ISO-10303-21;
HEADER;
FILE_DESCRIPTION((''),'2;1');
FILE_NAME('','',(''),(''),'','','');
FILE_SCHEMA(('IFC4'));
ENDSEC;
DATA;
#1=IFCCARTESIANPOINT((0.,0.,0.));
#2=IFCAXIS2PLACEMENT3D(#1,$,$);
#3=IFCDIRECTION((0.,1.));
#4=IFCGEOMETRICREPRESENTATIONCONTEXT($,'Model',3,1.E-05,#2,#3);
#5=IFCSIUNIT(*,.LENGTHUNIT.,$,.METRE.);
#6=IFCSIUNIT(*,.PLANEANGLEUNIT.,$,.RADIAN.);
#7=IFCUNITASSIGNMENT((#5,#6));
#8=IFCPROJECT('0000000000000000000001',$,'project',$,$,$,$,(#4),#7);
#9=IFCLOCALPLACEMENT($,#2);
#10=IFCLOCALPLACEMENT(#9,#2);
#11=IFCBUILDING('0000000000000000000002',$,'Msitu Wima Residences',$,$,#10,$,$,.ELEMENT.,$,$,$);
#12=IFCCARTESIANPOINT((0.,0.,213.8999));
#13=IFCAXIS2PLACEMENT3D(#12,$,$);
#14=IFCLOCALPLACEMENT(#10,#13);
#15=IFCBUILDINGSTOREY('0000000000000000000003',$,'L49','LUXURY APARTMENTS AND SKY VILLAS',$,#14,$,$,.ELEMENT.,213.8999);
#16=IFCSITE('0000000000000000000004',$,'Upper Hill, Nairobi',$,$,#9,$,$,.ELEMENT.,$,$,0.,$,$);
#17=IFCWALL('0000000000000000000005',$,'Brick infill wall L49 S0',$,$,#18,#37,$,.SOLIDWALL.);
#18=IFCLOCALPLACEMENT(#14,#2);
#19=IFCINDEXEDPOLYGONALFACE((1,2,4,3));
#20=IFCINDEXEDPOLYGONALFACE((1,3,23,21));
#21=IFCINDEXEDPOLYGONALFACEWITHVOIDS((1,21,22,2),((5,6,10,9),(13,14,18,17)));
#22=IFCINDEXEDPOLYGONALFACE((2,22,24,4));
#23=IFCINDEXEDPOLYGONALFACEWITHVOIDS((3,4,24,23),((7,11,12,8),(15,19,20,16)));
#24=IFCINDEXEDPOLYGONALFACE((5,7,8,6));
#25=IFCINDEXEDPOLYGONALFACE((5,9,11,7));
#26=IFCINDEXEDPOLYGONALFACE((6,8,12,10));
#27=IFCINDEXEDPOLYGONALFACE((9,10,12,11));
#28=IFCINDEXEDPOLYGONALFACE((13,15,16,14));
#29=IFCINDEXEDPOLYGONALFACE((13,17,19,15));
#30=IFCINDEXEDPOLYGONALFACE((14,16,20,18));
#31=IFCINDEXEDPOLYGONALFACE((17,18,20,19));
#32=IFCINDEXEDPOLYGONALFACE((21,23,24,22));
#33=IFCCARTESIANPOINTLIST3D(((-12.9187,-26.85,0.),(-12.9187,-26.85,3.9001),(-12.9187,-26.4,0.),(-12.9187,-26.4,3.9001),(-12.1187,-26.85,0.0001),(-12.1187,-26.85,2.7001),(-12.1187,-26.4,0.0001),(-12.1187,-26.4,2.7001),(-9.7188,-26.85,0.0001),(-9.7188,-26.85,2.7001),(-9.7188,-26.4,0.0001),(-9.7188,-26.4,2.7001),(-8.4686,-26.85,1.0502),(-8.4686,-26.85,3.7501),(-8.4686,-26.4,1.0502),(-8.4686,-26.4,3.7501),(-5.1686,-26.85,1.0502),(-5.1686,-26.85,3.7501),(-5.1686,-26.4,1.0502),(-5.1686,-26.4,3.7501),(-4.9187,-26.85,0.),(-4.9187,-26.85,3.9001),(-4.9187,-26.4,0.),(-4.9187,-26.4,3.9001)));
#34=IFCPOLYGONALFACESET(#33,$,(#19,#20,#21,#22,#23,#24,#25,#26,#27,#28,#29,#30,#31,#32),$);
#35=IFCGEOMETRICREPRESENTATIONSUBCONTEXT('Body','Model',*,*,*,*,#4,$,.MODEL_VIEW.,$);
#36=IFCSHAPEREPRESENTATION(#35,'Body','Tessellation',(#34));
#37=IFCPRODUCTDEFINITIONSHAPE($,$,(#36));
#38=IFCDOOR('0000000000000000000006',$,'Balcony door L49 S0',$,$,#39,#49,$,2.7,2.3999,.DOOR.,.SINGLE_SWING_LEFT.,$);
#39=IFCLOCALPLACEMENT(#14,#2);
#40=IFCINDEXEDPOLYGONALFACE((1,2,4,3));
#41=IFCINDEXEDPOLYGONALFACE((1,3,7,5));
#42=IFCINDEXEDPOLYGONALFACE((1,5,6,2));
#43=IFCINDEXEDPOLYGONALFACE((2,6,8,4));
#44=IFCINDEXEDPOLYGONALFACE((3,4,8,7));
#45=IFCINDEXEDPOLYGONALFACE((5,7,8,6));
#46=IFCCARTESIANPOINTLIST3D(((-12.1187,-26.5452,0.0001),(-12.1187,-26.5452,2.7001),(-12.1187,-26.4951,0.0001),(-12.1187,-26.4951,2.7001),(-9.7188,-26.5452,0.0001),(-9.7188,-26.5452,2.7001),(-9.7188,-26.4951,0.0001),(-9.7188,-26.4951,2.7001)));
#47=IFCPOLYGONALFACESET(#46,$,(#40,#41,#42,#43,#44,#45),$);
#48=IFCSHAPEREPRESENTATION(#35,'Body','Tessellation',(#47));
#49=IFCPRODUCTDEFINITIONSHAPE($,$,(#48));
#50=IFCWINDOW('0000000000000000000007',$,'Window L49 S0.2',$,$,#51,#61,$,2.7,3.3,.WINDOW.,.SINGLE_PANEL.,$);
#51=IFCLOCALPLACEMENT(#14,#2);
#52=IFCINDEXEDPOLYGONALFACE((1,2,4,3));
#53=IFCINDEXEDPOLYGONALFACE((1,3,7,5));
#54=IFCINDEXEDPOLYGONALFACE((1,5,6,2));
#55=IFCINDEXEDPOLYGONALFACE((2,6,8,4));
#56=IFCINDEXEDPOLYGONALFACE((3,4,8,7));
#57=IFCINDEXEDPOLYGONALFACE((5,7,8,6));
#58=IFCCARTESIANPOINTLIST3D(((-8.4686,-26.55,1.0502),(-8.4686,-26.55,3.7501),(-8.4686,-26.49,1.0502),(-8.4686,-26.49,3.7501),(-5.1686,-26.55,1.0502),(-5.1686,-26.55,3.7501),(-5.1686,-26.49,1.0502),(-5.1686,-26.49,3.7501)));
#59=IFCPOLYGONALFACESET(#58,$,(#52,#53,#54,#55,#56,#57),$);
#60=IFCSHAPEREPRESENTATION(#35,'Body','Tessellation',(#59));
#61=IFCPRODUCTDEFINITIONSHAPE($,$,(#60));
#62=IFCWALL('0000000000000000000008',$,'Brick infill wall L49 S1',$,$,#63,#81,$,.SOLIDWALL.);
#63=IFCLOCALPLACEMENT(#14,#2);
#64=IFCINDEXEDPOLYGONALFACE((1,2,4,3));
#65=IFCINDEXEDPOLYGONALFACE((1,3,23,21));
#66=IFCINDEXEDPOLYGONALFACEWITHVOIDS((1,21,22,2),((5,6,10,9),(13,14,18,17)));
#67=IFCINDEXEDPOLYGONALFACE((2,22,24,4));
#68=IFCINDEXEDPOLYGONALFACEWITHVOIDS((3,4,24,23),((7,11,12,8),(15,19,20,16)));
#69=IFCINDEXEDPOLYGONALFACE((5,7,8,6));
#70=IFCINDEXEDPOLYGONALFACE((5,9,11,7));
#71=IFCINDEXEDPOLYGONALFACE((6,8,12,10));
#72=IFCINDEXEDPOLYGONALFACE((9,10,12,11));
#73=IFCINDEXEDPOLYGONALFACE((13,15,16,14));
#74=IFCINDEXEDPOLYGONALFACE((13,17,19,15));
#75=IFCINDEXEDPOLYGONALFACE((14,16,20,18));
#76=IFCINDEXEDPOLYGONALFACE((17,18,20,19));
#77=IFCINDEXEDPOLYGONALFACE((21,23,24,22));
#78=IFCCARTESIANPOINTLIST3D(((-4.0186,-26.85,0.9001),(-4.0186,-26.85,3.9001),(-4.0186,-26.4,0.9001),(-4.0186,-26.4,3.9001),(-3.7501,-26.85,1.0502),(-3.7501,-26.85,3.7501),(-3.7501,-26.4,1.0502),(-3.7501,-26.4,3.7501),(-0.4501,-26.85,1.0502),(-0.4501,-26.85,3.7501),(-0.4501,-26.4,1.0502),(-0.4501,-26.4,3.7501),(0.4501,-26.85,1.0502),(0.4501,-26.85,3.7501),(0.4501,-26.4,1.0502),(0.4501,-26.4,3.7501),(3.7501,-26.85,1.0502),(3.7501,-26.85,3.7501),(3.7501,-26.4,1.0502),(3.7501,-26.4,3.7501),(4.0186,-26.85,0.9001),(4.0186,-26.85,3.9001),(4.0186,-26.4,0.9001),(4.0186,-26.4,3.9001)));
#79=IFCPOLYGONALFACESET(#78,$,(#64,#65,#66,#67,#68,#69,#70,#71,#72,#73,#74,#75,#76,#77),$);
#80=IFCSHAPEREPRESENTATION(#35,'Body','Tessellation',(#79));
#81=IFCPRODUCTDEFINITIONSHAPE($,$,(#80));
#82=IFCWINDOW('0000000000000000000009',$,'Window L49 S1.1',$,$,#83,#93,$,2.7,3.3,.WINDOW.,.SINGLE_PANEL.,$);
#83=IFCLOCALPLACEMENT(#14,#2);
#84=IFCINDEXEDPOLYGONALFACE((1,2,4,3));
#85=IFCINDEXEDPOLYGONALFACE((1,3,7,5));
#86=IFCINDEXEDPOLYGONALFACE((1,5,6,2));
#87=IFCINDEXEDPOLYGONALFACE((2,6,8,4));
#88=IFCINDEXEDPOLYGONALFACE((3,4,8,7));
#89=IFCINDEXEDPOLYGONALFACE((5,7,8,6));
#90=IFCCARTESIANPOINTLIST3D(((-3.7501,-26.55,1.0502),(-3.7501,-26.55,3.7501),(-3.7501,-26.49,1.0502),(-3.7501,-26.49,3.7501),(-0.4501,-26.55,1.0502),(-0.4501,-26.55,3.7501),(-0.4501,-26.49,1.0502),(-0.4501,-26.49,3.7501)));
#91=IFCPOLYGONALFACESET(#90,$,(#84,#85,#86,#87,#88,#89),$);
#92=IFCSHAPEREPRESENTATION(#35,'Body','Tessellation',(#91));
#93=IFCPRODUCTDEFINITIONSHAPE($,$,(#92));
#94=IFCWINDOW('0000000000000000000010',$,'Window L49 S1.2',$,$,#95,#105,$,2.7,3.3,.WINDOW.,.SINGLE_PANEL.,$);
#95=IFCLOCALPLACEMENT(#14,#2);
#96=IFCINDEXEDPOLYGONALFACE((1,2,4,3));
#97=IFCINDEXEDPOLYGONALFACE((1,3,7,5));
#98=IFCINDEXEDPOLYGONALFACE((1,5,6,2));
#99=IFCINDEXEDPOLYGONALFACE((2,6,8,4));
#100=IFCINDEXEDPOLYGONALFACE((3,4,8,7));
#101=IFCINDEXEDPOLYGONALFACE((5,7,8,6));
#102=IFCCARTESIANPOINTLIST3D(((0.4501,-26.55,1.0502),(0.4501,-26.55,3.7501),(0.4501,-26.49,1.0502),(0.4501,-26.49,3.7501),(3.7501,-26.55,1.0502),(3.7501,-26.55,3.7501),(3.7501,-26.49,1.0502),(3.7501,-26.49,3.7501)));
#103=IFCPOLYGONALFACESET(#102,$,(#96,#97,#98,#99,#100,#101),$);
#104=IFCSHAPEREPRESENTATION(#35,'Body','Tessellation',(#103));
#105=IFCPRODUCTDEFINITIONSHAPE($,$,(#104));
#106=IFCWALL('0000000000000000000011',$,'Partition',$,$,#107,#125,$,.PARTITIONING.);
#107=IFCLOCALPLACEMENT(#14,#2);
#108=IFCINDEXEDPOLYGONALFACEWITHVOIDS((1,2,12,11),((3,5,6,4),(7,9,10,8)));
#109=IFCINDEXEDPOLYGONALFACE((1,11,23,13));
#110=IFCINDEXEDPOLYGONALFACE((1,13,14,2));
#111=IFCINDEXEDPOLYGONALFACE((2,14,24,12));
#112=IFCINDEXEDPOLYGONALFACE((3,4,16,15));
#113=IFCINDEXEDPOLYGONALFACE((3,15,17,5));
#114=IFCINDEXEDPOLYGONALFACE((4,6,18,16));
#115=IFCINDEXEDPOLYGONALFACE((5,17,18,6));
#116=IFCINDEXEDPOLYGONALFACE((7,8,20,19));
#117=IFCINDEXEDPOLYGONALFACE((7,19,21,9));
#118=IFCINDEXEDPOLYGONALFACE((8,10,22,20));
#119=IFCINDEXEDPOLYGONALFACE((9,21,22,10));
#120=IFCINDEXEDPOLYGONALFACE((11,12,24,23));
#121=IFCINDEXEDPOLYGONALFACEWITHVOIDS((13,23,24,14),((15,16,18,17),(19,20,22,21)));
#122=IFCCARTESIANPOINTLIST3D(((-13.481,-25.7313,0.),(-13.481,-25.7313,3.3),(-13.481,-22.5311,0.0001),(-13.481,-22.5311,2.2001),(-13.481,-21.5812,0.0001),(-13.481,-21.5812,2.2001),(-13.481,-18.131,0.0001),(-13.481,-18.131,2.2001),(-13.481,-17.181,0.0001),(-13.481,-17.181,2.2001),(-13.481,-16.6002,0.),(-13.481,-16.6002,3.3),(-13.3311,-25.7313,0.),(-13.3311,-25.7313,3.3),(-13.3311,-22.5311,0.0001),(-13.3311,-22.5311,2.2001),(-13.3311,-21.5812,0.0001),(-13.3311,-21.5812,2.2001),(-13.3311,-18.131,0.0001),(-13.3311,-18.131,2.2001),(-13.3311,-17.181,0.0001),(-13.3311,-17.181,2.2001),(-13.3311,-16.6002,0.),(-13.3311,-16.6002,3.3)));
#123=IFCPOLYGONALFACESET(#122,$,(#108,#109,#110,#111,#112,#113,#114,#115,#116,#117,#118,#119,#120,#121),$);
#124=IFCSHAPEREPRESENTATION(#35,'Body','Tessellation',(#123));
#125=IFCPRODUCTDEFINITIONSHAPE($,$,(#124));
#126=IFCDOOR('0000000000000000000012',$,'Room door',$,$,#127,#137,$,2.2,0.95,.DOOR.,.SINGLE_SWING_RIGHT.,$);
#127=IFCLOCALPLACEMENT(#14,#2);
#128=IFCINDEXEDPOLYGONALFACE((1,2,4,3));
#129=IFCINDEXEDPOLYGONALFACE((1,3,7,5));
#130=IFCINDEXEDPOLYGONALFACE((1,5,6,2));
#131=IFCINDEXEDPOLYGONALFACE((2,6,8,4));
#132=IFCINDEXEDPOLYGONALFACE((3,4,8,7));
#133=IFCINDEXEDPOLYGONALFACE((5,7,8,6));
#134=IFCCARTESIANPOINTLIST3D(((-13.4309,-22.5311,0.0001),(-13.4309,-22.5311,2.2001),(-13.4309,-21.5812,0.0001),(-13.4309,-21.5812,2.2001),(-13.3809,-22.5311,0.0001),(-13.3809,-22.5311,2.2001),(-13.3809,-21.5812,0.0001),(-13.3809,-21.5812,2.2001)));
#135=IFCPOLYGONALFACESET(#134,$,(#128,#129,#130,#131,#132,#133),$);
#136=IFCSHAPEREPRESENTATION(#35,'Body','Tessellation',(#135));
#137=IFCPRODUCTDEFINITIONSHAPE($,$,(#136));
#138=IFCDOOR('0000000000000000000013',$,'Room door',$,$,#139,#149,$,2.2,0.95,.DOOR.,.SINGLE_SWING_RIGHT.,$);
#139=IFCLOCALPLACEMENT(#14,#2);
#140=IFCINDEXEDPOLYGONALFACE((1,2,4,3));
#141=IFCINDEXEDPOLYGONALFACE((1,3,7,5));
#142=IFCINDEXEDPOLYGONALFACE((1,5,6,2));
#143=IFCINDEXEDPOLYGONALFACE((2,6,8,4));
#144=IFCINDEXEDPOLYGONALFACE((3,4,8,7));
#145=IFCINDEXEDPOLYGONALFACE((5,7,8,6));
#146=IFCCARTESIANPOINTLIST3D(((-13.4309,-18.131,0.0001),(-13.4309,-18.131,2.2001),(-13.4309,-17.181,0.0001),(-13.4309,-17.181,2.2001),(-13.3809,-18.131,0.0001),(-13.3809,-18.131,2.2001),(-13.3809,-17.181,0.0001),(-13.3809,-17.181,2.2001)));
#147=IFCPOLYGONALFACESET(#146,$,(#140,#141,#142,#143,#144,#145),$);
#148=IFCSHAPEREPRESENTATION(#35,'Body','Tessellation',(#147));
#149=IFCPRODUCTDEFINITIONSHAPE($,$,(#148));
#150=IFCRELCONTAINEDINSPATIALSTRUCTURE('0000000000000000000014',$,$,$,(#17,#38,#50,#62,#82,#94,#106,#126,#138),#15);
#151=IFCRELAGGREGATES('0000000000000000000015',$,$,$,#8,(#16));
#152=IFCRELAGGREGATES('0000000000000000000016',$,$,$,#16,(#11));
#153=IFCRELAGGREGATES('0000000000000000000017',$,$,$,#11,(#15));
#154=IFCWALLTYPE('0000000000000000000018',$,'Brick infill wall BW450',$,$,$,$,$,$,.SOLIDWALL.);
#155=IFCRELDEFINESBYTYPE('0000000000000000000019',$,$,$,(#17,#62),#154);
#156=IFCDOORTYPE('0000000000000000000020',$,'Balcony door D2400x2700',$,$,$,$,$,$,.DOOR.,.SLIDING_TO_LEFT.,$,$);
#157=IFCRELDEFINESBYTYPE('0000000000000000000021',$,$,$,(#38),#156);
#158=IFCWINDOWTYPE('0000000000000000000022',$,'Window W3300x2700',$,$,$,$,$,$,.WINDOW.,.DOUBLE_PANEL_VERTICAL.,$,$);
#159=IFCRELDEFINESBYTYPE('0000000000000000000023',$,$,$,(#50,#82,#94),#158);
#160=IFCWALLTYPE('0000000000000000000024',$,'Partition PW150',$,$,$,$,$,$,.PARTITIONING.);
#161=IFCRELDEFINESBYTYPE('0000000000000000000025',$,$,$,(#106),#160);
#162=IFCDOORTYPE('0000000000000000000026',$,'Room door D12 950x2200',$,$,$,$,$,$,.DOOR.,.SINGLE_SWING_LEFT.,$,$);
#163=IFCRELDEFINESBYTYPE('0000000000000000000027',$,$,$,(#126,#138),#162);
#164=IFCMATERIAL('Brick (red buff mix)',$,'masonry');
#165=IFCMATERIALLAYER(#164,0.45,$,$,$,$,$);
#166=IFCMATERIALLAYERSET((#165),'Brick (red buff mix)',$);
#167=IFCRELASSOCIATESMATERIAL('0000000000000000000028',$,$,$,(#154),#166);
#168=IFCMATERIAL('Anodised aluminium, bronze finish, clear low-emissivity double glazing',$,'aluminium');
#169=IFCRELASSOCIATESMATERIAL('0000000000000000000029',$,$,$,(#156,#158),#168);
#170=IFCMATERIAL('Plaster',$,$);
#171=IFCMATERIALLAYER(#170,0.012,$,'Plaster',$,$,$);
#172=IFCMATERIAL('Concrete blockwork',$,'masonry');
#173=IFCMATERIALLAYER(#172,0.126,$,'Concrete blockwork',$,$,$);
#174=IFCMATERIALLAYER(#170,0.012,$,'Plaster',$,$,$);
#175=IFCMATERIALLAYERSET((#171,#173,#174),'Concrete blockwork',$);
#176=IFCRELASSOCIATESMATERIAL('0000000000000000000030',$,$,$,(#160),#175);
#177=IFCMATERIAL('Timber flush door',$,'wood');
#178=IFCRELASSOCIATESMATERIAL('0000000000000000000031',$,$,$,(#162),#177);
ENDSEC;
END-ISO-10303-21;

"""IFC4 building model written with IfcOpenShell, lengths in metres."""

from ifc_helpers import new_model, si_unit, direction, frame, frame_2d, origin, place, context, subcontext, project, spatial, rectangle, extrude, material, layer, layer_set, type_object, element, fill, save


model = new_model("IFC4")

# Units and contexts
model_context = context("Model", 3, precision=1e-05, world=origin(), true_north=direction((0.0, 1.0)))
body_context = subcontext(model_context, "Body", "Model", "MODEL_VIEW")
ifc_project = project(units=[si_unit("LENGTHUNIT", "METRE"), si_unit("PLANEANGLEUNIT", "RADIAN")], contexts=[model_context])

# Site, building, storey
site_placement = place(None, origin())
site = spatial("IfcSite", under=ifc_project, at=site_placement, Name="Upper Hill, Nairobi", CompositionType="ELEMENT", RefElevation=0.0)
building_placement = place(site_placement, origin())
building = spatial("IfcBuilding", under=site, at=building_placement, Name="Msitu Wima Residences", CompositionType="ELEMENT")
storey_placement = place(building_placement, frame((0.0, 0.0, 213.8999)))
storey = spatial("IfcBuildingStorey", under=building, at=storey_placement, Name="L49", Description="LUXURY APARTMENTS AND SKY VILLAS", CompositionType="ELEMENT", Elevation=213.8999)

# Wall, openings, door, window
ifc_material_1 = material(Name="Brick (red buff mix)", Category="masonry")
ifc_layer_1 = layer(ifc_material_1, 0.45)
ifc_layer_set_1 = layer_set([ifc_layer_1], Name="Brick (red buff mix)")
wall_type_1 = type_object("IfcWallType", Name="Brick infill wall BW450", PredefinedType="SOLIDWALL", material=ifc_layer_set_1)
wall_1_placement = place(storey_placement, frame((-12.9187, -26.625, 0.0), z_axis=(0.0, 0.0, 1.0), x_axis=(1.0, 0.0, 0.0)))
wall_1 = element("IfcWall", 1, at=wall_1_placement, inside=storey, type_object=wall_type_1, Name="Brick infill wall L49 S0", PredefinedType="SOLIDWALL", context=body_context, shape_type="SweptSolid", body=[
    extrude(rectangle(XDim=8.0, YDim=0.45, at=frame_2d((4.0, 0.0))), origin(), (0.0, 0.0, 1.0), 3.9001),
])
opening_1_placement = place(wall_1_placement, frame((0.8, 0.0, 0.0)))
opening_1 = element("IfcOpeningElement", 2, at=opening_1_placement, cuts=wall_1, PredefinedType="OPENING", context=body_context, shape_type="SweptSolid", body=[
    extrude(rectangle(XDim=2.3999, YDim=2.7, at=frame_2d((1.2, 1.3501))), frame((0.0, 0.2349, 0.0), z_axis=(0.0, -1.0, 0.0), x_axis=(1.0, 0.0, 0.0)), (0.0, 0.0, 1.0), 0.47),
])
opening_2_placement = place(wall_1_placement, frame((4.4502, 0.0, 1.05)))
opening_2 = element("IfcOpeningElement", 3, at=opening_2_placement, cuts=wall_1, PredefinedType="OPENING", context=body_context, shape_type="SweptSolid", body=[
    extrude(rectangle(XDim=3.3, YDim=2.7, at=frame_2d((1.6499, 1.3501))), frame((0.0, 0.2349, 0.0), z_axis=(0.0, -1.0, 0.0), x_axis=(1.0, 0.0, 0.0)), (0.0, 0.0, 1.0), 0.47),
])
ifc_material_2 = material(Name="Anodised aluminium, bronze finish, clear low-emissivity double glazing", Category="aluminium")
door_type_1 = type_object("IfcDoorType", Name="Balcony door D2400x2700", OperationType="SLIDING_TO_LEFT", PredefinedType="DOOR", material=ifc_material_2)
door_1_placement = place(opening_1_placement, origin())
door_1 = element("IfcDoor", 4, at=door_1_placement, inside=storey, type_object=door_type_1, Name="Balcony door L49 S0", OperationType="SINGLE_SWING_LEFT", OverallHeight=2.7, OverallWidth=2.3999, PredefinedType="DOOR", context=body_context, shape_type="SweptSolid", body=[
    extrude(rectangle(XDim=2.3999, YDim=2.7, at=frame_2d((1.2, 1.3501))), frame((0.0, 0.1299, 0.0), z_axis=(0.0, -1.0, 0.0), x_axis=(1.0, 0.0, 0.0)), (0.0, 0.0, 1.0), 0.05),
])
fill(opening_1, door_1)
window_type = type_object("IfcWindowType", Name="Window W3300x2700", PartitioningType="DOUBLE_PANEL_VERTICAL", PredefinedType="WINDOW", material=ifc_material_2)
window_1_placement = place(opening_2_placement, origin())
window_1 = element("IfcWindow", 5, at=window_1_placement, inside=storey, type_object=window_type, Name="Window L49 S0.2", OverallHeight=2.7, OverallWidth=3.3, PartitioningType="SINGLE_PANEL", PredefinedType="WINDOW", context=body_context, shape_type="SweptSolid", body=[
    extrude(rectangle(XDim=3.3, YDim=2.7, at=frame_2d((1.6499, 1.3501))), frame((0.0, 0.135, 0.0), z_axis=(0.0, -1.0, 0.0), x_axis=(1.0, 0.0, 0.0)), (0.0, 0.0, 1.0), 0.0601),
])
fill(opening_2, window_1)

# Wall, openings, windows
wall_2_placement = place(storey_placement, frame((-4.0186, -26.625, 0.9001), z_axis=(0.0, 0.0, 1.0), x_axis=(1.0, 0.0, 0.0)))
wall_2 = element("IfcWall", 6, at=wall_2_placement, inside=storey, type_object=wall_type_1, Name="Brick infill wall L49 S1", PredefinedType="SOLIDWALL", context=body_context, shape_type="SweptSolid", body=[
    extrude(rectangle(XDim=8.0371, YDim=0.45, at=frame_2d((4.0186, 0.0))), origin(), (0.0, 0.0, 1.0), 3.0),
])
opening_3_placement = place(wall_2_placement, frame((0.2686, 0.0, 0.1499)))
opening_3 = element("IfcOpeningElement", 7, at=opening_3_placement, cuts=wall_2, PredefinedType="OPENING", context=body_context, shape_type="SweptSolid", body=[
    extrude(rectangle(XDim=3.3, YDim=2.7, at=frame_2d((1.6499, 1.3501))), frame((0.0, 0.2349, 0.0), z_axis=(0.0, -1.0, 0.0), x_axis=(1.0, 0.0, 0.0)), (0.0, 0.0, 1.0), 0.47),
])
opening_4_placement = place(wall_2_placement, frame((4.4688, 0.0, 0.1499)))
opening_4 = element("IfcOpeningElement", 8, at=opening_4_placement, cuts=wall_2, PredefinedType="OPENING", context=body_context, shape_type="SweptSolid", body=[
    extrude(rectangle(XDim=3.3, YDim=2.7, at=frame_2d((1.6499, 1.3501))), frame((0.0, 0.2349, 0.0), z_axis=(0.0, -1.0, 0.0), x_axis=(1.0, 0.0, 0.0)), (0.0, 0.0, 1.0), 0.47),
])
window_2_placement = place(opening_3_placement, origin())
window_2 = element("IfcWindow", 9, at=window_2_placement, inside=storey, type_object=window_type, Name="Window L49 S1.1", OverallHeight=2.7, OverallWidth=3.3, PartitioningType="SINGLE_PANEL", PredefinedType="WINDOW", context=body_context, shape_type="SweptSolid", body=[
    extrude(rectangle(XDim=3.3, YDim=2.7, at=frame_2d((1.6499, 1.3501))), frame((0.0, 0.135, 0.0), z_axis=(0.0, -1.0, 0.0), x_axis=(1.0, 0.0, 0.0)), (0.0, 0.0, 1.0), 0.0601),
])
fill(opening_3, window_2)
window_3_placement = place(opening_4_placement, origin())
window_3 = element("IfcWindow", 10, at=window_3_placement, inside=storey, type_object=window_type, Name="Window L49 S1.2", OverallHeight=2.7, OverallWidth=3.3, PartitioningType="SINGLE_PANEL", PredefinedType="WINDOW", context=body_context, shape_type="SweptSolid", body=[
    extrude(rectangle(XDim=3.3, YDim=2.7, at=frame_2d((1.6499, 1.3501))), frame((0.0, 0.135, 0.0), z_axis=(0.0, -1.0, 0.0), x_axis=(1.0, 0.0, 0.0)), (0.0, 0.0, 1.0), 0.0601),
])
fill(opening_4, window_3)

# Wall, openings, doors
ifc_material_3 = material(Name="Plaster")
ifc_layer_2 = layer(ifc_material_3, 0.012, Name="Plaster")
ifc_material_4 = material(Name="Concrete blockwork", Category="masonry")
ifc_layer_3 = layer(ifc_material_4, 0.126, Name="Concrete blockwork")
ifc_layer_4 = layer(ifc_material_3, 0.012, Name="Plaster")
ifc_layer_set_2 = layer_set([ifc_layer_2, ifc_layer_3, ifc_layer_4], Name="Concrete blockwork")
wall_type_2 = type_object("IfcWallType", Name="Partition PW150", PredefinedType="PARTITIONING", material=ifc_layer_set_2)
wall_3_placement = place(storey_placement, frame((-13.406, -25.7312, 0.0), z_axis=(0.0, 0.0, 1.0), x_axis=(0.0, 1.0, 0.0)))
wall_3 = element("IfcWall", 11, at=wall_3_placement, inside=storey, type_object=wall_type_2, Name="Partition", PredefinedType="PARTITIONING", context=body_context, shape_type="SweptSolid", body=[
    extrude(rectangle(XDim=9.1311, YDim=0.1499, at=frame_2d((4.5654, 0.0))), origin(), (0.0, 0.0, 1.0), 3.3),
])
opening_5_placement = place(wall_3_placement, frame((3.2, 0.0, 0.0)))
opening_5 = element("IfcOpeningElement", 12, at=opening_5_placement, cuts=wall_3, PredefinedType="OPENING", context=body_context, shape_type="SweptSolid", body=[
    extrude(rectangle(XDim=0.95, YDim=2.2, at=frame_2d((0.4751, 1.1001))), frame((0.0, 0.085, 0.0), z_axis=(0.0, -1.0, 0.0), x_axis=(1.0, 0.0, 0.0)), (0.0, 0.0, 1.0), 0.1699),
])
opening_6_placement = place(wall_3_placement, frame((7.6001, 0.0, 0.0)))
opening_6 = element("IfcOpeningElement", 13, at=opening_6_placement, cuts=wall_3, PredefinedType="OPENING", context=body_context, shape_type="SweptSolid", body=[
    extrude(rectangle(XDim=0.95, YDim=2.2, at=frame_2d((0.4751, 1.1001))), frame((0.0, 0.085, 0.0), z_axis=(0.0, -1.0, 0.0), x_axis=(1.0, 0.0, 0.0)), (0.0, 0.0, 1.0), 0.1699),
])
ifc_material_5 = material(Name="Timber flush door", Category="wood")
door_type_2 = type_object("IfcDoorType", Name="Room door D12 950x2200", OperationType="SINGLE_SWING_LEFT", PredefinedType="DOOR", material=ifc_material_5)
door_2_placement = place(opening_5_placement, origin())
door_2 = element("IfcDoor", 14, at=door_2_placement, inside=storey, type_object=door_type_2, Name="Room door", OperationType="SINGLE_SWING_RIGHT", OverallHeight=2.2, OverallWidth=0.95, PredefinedType="DOOR", context=body_context, shape_type="SweptSolid", body=[
    extrude(rectangle(XDim=0.95, YDim=2.2, at=frame_2d((0.4751, 1.1001))), frame((0.0, 0.0249, 0.0), z_axis=(0.0, -1.0, 0.0), x_axis=(1.0, 0.0, 0.0)), (0.0, 0.0, 1.0), 0.05),
])
fill(opening_5, door_2)
door_3_placement = place(opening_6_placement, origin())
door_3 = element("IfcDoor", 15, at=door_3_placement, inside=storey, type_object=door_type_2, Name="Room door", OperationType="SINGLE_SWING_RIGHT", OverallHeight=2.2, OverallWidth=0.95, PredefinedType="DOOR", context=body_context, shape_type="SweptSolid", body=[
    extrude(rectangle(XDim=0.95, YDim=2.2, at=frame_2d((0.4751, 1.1001))), frame((0.0, 0.0249, 0.0), z_axis=(0.0, -1.0, 0.0), x_axis=(1.0, 0.0, 0.0)), (0.0, 0.0, 1.0), 0.05),
])
fill(opening_6, door_3)

save(model, "model.ifc")
